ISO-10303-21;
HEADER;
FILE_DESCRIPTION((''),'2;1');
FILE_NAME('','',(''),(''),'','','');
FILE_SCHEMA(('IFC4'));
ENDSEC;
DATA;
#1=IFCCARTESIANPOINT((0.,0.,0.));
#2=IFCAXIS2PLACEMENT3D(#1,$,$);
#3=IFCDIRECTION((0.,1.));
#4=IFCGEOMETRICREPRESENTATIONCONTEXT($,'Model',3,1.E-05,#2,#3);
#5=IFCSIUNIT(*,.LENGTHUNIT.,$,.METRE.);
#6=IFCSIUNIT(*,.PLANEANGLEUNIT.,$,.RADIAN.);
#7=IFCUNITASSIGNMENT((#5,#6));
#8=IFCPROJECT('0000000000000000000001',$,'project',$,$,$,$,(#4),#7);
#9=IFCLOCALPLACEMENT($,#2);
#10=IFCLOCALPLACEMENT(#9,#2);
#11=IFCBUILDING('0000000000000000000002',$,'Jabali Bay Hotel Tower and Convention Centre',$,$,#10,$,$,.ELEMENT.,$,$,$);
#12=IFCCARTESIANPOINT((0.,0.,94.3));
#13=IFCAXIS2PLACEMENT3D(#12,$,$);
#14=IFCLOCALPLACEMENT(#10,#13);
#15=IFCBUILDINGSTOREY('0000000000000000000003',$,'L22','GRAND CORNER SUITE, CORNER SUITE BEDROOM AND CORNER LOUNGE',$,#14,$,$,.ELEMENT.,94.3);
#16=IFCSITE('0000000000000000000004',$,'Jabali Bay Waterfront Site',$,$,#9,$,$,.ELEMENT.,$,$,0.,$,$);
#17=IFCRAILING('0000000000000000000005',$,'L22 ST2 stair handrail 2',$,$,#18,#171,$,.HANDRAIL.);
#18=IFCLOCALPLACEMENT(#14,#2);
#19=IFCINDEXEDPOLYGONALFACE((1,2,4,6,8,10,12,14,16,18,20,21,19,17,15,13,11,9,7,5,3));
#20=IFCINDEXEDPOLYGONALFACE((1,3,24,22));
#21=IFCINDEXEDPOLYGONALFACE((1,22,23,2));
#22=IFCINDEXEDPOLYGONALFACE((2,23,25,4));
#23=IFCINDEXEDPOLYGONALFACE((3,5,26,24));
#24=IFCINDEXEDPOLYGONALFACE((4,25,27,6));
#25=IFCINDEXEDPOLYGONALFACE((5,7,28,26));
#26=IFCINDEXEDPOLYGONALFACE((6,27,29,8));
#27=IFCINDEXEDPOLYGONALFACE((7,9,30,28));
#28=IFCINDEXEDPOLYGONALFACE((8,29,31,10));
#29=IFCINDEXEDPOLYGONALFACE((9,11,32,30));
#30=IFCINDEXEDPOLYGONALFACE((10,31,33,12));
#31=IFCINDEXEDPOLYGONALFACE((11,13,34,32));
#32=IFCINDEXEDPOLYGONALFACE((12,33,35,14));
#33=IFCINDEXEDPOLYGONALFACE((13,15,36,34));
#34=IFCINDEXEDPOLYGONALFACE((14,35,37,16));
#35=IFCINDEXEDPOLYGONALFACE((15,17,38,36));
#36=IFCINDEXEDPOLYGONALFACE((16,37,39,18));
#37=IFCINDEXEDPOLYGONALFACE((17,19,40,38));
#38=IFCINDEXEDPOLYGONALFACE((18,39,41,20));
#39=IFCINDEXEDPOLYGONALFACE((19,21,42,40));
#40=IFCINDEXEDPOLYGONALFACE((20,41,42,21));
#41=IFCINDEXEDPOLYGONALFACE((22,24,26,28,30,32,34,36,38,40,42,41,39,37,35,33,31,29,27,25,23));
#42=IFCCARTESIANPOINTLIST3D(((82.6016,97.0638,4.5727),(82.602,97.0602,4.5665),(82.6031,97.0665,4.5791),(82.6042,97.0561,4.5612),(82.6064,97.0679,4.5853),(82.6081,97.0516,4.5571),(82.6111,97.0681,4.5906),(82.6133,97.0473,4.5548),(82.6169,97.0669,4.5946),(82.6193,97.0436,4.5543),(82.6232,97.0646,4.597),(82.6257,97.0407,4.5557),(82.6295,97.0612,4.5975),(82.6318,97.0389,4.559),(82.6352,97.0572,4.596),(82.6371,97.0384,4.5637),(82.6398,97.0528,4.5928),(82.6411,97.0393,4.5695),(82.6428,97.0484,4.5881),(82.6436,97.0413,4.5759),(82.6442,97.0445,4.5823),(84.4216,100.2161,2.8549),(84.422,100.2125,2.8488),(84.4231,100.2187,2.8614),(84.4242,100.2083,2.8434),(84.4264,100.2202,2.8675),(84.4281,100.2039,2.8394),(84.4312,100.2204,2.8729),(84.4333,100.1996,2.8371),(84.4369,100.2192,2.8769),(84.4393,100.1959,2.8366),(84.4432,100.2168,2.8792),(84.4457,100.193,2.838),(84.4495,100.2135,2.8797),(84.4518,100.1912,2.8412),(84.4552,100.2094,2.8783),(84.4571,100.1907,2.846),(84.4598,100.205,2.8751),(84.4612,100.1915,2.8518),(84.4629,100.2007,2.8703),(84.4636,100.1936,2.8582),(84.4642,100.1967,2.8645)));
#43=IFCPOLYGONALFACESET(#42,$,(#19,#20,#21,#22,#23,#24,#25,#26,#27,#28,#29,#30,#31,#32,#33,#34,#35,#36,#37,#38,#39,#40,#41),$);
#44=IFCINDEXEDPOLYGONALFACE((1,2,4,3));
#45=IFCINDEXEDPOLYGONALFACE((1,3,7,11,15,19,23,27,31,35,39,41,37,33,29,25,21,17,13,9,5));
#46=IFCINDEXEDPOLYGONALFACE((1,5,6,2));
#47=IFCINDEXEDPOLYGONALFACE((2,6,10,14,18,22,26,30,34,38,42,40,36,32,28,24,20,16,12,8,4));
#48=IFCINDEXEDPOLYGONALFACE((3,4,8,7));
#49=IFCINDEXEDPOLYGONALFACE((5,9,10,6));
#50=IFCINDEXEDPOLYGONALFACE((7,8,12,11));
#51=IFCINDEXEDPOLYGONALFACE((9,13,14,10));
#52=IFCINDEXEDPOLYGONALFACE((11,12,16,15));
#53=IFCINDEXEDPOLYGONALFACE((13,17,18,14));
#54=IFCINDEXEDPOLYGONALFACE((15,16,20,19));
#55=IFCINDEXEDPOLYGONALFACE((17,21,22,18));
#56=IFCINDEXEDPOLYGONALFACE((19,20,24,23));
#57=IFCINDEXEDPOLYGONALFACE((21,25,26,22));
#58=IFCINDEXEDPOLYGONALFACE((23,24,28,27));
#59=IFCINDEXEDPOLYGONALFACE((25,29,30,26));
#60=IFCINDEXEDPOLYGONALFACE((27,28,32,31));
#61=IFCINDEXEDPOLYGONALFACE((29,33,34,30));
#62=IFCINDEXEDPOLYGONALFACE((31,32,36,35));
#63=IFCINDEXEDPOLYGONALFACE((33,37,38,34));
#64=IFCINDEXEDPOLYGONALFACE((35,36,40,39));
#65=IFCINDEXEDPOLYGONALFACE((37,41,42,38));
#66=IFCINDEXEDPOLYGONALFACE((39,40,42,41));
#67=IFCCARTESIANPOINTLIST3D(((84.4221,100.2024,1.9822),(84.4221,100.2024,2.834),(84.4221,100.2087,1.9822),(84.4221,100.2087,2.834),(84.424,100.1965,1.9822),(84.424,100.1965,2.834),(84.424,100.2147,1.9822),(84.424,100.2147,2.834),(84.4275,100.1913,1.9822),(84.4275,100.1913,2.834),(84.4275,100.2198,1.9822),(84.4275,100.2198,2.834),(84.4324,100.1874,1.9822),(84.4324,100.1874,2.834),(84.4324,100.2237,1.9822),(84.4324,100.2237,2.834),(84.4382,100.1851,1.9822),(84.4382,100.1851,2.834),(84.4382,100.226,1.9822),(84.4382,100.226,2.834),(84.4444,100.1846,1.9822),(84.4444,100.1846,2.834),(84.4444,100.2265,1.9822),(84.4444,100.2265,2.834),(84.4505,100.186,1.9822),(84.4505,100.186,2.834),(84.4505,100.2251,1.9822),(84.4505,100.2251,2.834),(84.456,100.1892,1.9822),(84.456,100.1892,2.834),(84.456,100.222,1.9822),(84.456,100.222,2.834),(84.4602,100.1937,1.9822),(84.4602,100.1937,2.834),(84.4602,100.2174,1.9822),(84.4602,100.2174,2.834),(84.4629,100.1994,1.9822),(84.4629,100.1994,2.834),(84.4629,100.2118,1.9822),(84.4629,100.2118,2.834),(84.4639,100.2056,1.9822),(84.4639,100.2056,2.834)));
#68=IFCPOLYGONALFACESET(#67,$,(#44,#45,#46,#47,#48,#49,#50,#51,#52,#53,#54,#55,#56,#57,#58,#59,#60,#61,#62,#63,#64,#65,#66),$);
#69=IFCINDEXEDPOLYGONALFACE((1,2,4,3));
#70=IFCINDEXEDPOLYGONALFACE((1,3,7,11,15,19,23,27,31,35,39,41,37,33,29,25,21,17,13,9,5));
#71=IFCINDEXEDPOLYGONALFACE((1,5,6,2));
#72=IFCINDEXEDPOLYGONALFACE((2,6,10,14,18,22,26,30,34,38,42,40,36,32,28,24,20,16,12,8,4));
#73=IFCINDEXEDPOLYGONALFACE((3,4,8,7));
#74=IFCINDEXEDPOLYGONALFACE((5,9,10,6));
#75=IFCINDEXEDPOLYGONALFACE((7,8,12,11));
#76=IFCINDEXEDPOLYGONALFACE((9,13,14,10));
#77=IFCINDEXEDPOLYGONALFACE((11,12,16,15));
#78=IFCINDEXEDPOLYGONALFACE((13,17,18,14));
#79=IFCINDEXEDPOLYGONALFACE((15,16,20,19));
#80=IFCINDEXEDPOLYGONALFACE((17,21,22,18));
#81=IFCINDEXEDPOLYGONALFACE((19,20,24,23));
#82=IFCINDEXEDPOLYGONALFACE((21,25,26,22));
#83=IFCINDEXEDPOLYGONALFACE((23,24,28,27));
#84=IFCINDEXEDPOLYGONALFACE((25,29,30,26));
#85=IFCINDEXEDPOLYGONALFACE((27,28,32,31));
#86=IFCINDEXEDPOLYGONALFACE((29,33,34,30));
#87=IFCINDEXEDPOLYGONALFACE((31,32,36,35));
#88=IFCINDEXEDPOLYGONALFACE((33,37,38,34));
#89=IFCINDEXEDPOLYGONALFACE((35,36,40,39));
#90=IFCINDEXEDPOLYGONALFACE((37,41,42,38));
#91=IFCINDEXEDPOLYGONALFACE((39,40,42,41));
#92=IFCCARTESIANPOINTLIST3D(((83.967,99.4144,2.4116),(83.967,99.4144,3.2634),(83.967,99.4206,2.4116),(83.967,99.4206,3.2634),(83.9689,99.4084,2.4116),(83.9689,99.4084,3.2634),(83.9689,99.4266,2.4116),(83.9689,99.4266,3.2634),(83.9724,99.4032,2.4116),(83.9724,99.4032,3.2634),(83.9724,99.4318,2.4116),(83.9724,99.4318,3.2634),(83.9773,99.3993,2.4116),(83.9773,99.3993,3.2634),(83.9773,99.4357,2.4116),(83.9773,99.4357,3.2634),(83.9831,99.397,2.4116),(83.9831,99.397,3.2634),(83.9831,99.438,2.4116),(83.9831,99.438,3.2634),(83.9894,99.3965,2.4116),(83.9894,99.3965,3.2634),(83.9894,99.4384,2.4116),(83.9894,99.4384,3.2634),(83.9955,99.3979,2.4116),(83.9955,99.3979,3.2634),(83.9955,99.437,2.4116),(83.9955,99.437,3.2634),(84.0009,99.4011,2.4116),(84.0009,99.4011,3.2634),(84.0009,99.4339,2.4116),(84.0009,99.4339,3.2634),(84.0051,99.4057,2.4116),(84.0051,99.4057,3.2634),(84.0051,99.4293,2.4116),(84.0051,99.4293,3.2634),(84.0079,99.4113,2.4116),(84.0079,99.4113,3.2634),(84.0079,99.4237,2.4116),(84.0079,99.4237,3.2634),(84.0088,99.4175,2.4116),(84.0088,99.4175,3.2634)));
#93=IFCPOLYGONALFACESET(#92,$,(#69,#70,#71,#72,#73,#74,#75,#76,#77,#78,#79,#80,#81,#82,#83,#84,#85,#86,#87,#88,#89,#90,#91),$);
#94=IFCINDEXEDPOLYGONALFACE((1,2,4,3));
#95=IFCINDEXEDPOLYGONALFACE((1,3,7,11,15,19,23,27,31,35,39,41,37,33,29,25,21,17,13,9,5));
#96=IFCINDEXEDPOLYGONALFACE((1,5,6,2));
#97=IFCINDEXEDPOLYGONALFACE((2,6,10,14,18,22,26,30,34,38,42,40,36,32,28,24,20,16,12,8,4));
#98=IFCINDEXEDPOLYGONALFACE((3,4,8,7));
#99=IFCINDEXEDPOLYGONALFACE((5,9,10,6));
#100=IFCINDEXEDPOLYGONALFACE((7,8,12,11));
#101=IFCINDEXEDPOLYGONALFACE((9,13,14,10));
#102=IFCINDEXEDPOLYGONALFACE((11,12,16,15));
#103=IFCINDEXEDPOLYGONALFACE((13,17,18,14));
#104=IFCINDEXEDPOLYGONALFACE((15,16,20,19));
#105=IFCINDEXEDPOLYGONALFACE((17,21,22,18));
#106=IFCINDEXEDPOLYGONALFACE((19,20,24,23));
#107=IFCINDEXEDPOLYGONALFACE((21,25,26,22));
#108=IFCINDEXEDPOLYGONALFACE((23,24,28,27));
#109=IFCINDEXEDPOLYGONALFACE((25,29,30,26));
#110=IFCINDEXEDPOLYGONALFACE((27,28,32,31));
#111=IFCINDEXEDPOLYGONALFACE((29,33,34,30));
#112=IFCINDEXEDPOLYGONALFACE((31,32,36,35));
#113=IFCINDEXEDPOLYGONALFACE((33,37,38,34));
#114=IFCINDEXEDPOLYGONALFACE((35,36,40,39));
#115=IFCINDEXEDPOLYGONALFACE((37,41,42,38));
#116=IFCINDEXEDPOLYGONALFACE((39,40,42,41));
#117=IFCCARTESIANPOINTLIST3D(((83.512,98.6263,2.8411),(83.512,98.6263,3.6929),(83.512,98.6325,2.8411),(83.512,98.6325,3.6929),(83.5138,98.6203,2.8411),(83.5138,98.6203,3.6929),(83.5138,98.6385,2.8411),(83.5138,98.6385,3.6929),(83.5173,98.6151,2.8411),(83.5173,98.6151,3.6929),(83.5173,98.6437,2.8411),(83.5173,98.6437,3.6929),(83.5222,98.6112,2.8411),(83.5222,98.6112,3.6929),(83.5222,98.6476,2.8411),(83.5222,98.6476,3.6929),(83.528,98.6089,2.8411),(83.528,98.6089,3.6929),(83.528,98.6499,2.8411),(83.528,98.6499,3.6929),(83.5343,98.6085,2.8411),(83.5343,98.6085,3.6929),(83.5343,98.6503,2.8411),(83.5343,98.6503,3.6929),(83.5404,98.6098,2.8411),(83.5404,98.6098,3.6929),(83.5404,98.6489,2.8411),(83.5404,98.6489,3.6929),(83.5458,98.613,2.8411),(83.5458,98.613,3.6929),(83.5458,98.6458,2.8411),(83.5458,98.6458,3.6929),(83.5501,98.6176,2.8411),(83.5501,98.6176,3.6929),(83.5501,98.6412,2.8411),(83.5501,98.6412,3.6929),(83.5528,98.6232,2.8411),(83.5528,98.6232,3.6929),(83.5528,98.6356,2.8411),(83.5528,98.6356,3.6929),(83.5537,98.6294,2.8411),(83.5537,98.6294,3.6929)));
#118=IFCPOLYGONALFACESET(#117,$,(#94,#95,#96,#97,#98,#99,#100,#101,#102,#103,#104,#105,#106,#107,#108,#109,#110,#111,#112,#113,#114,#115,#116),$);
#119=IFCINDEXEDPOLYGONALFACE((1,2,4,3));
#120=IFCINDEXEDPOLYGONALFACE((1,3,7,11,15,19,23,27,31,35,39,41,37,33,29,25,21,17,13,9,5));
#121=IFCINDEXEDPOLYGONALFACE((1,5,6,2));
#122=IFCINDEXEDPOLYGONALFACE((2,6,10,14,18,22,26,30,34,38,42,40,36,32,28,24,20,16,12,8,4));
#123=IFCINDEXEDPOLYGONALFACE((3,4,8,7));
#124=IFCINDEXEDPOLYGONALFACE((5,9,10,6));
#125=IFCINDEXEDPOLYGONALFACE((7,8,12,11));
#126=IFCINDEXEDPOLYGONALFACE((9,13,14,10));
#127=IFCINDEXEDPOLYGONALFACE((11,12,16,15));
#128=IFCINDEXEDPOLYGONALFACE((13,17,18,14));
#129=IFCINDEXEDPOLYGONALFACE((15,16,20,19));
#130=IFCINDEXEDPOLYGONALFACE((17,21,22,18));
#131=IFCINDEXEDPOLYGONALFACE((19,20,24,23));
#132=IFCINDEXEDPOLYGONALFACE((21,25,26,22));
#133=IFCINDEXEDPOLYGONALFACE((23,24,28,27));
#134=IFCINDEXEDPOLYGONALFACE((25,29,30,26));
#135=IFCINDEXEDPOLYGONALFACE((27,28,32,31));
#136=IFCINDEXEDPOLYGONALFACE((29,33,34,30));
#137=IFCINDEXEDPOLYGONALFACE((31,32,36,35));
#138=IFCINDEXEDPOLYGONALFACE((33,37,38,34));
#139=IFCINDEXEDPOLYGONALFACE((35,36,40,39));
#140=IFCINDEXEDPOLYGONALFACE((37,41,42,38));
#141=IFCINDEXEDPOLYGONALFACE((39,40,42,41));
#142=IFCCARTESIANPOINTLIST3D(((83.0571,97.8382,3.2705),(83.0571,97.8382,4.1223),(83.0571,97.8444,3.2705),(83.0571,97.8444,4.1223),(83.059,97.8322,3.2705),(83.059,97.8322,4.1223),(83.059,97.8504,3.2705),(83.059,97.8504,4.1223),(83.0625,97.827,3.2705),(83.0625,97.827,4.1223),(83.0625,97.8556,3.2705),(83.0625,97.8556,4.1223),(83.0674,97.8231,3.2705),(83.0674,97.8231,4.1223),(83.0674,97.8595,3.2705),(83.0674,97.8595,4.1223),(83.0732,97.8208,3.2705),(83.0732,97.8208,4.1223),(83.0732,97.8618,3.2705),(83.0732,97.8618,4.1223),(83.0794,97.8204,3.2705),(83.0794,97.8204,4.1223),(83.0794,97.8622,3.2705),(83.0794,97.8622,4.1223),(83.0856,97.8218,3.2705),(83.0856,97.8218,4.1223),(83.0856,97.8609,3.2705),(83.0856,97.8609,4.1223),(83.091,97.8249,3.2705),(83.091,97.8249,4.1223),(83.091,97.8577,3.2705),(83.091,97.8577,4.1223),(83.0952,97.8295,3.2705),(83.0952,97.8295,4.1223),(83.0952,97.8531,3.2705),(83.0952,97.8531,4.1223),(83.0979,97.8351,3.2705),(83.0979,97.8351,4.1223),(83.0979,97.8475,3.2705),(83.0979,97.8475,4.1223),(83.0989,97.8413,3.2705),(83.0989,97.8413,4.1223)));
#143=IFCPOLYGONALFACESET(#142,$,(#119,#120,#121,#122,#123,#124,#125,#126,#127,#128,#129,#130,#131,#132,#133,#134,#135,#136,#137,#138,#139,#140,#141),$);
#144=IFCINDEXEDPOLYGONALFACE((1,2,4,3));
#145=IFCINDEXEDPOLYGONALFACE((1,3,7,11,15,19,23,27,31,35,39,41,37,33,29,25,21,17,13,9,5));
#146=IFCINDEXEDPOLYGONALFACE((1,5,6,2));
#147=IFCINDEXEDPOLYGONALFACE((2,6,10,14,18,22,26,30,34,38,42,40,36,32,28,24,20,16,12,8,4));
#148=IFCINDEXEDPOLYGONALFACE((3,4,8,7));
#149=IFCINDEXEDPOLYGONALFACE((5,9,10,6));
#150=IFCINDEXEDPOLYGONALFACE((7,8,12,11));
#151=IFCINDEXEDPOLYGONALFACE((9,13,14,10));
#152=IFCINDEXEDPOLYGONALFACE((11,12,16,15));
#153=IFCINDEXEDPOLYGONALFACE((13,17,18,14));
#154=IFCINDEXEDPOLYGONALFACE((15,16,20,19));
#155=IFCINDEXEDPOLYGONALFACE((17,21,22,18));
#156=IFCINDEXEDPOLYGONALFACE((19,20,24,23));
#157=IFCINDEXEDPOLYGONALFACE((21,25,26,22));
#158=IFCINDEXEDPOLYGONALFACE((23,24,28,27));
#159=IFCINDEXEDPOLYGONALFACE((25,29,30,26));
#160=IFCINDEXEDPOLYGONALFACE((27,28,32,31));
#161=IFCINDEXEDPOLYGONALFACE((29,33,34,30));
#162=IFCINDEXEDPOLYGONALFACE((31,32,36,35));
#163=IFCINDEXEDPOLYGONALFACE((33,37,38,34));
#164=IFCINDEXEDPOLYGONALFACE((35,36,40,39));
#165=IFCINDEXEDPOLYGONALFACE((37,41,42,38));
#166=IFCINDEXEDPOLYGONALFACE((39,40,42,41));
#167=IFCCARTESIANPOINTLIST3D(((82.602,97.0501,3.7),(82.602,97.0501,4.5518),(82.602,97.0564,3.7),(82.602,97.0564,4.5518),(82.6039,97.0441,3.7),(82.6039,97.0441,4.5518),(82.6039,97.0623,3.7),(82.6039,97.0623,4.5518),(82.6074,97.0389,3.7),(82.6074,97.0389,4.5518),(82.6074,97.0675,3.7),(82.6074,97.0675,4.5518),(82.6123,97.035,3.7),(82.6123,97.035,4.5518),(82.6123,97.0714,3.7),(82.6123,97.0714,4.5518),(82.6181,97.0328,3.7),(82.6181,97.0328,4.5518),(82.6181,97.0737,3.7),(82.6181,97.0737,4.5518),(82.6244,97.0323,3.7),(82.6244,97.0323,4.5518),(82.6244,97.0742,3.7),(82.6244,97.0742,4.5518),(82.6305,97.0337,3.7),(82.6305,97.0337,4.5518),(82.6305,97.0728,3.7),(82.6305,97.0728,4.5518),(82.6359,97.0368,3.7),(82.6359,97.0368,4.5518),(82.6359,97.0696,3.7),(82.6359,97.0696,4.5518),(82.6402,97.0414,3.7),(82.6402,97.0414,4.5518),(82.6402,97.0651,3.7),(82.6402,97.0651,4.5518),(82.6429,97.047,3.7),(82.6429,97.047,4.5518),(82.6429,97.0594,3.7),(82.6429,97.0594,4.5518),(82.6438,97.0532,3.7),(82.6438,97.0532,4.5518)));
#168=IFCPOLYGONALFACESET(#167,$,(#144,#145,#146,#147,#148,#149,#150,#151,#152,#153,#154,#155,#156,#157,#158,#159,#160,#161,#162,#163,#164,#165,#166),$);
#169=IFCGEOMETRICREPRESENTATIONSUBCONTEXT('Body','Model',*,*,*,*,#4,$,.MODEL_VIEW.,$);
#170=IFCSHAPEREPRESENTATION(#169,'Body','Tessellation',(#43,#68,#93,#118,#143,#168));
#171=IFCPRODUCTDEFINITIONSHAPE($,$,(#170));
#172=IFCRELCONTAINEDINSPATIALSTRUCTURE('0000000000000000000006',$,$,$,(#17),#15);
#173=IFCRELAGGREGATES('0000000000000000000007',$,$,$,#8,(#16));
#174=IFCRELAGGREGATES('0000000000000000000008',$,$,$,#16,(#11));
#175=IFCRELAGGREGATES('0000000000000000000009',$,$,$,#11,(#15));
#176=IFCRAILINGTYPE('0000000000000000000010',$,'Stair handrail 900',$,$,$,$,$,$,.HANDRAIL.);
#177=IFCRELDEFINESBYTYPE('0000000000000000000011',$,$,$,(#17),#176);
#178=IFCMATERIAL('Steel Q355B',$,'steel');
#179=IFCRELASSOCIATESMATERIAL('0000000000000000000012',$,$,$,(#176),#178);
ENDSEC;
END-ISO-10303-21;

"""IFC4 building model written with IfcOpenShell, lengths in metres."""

from ifc_helpers import new_model, si_unit, direction, frame, origin, origin_2d, place, context, subcontext, project, spatial, circle, extrude, material, type_object, element, save


model = new_model("IFC4")

# Units and contexts
model_context = context("Model", 3, precision=1e-05, world=origin(), true_north=direction((0.0, 1.0)))
body_context = subcontext(model_context, "Body", "Model", "MODEL_VIEW")
ifc_project = project(units=[si_unit("LENGTHUNIT", "METRE"), si_unit("PLANEANGLEUNIT", "RADIAN")], contexts=[model_context])

# Site, building, storey
site_placement = place(None, origin())
site = spatial("IfcSite", under=ifc_project, at=site_placement, Name="Jabali Bay Waterfront Site", CompositionType="ELEMENT", RefElevation=0.0)
building_placement = place(site_placement, origin())
building = spatial("IfcBuilding", under=site, at=building_placement, Name="Jabali Bay Hotel Tower and Convention Centre", CompositionType="ELEMENT")
storey_placement = place(building_placement, frame((0.0, 0.0, 94.3)))
storey = spatial("IfcBuildingStorey", under=building, at=storey_placement, Name="L22", Description="GRAND CORNER SUITE, CORNER SUITE BEDROOM AND CORNER LOUNGE", CompositionType="ELEMENT", Elevation=94.3)

# Railing
ifc_material_1 = material(Name="Steel Q355B", Category="steel")
railing_type_1 = type_object("IfcRailingType", Name="Stair handrail 900", PredefinedType="HANDRAIL", material=ifc_material_1)
railing_1_placement = place(storey_placement, frame((84.4429, 100.2056, 1.9822)))
element("IfcRailing", 1, at=railing_1_placement, inside=storey, type_object=railing_type_1, Name="L22 ST2 stair handrail 2", PredefinedType="HANDRAIL", context=body_context, shape_type="SweptSolid", body=[
    extrude(circle(Radius=0.0239, at=origin_2d()), frame((0.0, 0.0, 0.876), z_axis=(-0.45219, -0.78319, 0.426775), x_axis=(0.866018, -0.500013, 0.0)), (0.0, 0.0, 1.0), 4.0249),
    extrude(circle(Radius=0.021, at=origin_2d()), origin(), (0.0, 0.0, 1.0), 0.8518),
    extrude(circle(Radius=0.021, at=origin_2d()), frame((-0.4551, -0.7881, 0.4294)), (0.0, 0.0, 1.0), 0.8518),
    extrude(circle(Radius=0.021, at=origin_2d()), frame((-0.9102, -1.5762, 0.8589)), (0.0, 0.0, 1.0), 0.8518),
    extrude(circle(Radius=0.021, at=origin_2d()), frame((-1.365, -2.3643, 1.2883)), (0.0, 0.0, 1.0), 0.8518),
    extrude(circle(Radius=0.021, at=origin_2d()), frame((-1.8201, -3.1523, 1.7178)), (0.0, 0.0, 1.0), 0.8518),
])

save(model, "model.ifc")
